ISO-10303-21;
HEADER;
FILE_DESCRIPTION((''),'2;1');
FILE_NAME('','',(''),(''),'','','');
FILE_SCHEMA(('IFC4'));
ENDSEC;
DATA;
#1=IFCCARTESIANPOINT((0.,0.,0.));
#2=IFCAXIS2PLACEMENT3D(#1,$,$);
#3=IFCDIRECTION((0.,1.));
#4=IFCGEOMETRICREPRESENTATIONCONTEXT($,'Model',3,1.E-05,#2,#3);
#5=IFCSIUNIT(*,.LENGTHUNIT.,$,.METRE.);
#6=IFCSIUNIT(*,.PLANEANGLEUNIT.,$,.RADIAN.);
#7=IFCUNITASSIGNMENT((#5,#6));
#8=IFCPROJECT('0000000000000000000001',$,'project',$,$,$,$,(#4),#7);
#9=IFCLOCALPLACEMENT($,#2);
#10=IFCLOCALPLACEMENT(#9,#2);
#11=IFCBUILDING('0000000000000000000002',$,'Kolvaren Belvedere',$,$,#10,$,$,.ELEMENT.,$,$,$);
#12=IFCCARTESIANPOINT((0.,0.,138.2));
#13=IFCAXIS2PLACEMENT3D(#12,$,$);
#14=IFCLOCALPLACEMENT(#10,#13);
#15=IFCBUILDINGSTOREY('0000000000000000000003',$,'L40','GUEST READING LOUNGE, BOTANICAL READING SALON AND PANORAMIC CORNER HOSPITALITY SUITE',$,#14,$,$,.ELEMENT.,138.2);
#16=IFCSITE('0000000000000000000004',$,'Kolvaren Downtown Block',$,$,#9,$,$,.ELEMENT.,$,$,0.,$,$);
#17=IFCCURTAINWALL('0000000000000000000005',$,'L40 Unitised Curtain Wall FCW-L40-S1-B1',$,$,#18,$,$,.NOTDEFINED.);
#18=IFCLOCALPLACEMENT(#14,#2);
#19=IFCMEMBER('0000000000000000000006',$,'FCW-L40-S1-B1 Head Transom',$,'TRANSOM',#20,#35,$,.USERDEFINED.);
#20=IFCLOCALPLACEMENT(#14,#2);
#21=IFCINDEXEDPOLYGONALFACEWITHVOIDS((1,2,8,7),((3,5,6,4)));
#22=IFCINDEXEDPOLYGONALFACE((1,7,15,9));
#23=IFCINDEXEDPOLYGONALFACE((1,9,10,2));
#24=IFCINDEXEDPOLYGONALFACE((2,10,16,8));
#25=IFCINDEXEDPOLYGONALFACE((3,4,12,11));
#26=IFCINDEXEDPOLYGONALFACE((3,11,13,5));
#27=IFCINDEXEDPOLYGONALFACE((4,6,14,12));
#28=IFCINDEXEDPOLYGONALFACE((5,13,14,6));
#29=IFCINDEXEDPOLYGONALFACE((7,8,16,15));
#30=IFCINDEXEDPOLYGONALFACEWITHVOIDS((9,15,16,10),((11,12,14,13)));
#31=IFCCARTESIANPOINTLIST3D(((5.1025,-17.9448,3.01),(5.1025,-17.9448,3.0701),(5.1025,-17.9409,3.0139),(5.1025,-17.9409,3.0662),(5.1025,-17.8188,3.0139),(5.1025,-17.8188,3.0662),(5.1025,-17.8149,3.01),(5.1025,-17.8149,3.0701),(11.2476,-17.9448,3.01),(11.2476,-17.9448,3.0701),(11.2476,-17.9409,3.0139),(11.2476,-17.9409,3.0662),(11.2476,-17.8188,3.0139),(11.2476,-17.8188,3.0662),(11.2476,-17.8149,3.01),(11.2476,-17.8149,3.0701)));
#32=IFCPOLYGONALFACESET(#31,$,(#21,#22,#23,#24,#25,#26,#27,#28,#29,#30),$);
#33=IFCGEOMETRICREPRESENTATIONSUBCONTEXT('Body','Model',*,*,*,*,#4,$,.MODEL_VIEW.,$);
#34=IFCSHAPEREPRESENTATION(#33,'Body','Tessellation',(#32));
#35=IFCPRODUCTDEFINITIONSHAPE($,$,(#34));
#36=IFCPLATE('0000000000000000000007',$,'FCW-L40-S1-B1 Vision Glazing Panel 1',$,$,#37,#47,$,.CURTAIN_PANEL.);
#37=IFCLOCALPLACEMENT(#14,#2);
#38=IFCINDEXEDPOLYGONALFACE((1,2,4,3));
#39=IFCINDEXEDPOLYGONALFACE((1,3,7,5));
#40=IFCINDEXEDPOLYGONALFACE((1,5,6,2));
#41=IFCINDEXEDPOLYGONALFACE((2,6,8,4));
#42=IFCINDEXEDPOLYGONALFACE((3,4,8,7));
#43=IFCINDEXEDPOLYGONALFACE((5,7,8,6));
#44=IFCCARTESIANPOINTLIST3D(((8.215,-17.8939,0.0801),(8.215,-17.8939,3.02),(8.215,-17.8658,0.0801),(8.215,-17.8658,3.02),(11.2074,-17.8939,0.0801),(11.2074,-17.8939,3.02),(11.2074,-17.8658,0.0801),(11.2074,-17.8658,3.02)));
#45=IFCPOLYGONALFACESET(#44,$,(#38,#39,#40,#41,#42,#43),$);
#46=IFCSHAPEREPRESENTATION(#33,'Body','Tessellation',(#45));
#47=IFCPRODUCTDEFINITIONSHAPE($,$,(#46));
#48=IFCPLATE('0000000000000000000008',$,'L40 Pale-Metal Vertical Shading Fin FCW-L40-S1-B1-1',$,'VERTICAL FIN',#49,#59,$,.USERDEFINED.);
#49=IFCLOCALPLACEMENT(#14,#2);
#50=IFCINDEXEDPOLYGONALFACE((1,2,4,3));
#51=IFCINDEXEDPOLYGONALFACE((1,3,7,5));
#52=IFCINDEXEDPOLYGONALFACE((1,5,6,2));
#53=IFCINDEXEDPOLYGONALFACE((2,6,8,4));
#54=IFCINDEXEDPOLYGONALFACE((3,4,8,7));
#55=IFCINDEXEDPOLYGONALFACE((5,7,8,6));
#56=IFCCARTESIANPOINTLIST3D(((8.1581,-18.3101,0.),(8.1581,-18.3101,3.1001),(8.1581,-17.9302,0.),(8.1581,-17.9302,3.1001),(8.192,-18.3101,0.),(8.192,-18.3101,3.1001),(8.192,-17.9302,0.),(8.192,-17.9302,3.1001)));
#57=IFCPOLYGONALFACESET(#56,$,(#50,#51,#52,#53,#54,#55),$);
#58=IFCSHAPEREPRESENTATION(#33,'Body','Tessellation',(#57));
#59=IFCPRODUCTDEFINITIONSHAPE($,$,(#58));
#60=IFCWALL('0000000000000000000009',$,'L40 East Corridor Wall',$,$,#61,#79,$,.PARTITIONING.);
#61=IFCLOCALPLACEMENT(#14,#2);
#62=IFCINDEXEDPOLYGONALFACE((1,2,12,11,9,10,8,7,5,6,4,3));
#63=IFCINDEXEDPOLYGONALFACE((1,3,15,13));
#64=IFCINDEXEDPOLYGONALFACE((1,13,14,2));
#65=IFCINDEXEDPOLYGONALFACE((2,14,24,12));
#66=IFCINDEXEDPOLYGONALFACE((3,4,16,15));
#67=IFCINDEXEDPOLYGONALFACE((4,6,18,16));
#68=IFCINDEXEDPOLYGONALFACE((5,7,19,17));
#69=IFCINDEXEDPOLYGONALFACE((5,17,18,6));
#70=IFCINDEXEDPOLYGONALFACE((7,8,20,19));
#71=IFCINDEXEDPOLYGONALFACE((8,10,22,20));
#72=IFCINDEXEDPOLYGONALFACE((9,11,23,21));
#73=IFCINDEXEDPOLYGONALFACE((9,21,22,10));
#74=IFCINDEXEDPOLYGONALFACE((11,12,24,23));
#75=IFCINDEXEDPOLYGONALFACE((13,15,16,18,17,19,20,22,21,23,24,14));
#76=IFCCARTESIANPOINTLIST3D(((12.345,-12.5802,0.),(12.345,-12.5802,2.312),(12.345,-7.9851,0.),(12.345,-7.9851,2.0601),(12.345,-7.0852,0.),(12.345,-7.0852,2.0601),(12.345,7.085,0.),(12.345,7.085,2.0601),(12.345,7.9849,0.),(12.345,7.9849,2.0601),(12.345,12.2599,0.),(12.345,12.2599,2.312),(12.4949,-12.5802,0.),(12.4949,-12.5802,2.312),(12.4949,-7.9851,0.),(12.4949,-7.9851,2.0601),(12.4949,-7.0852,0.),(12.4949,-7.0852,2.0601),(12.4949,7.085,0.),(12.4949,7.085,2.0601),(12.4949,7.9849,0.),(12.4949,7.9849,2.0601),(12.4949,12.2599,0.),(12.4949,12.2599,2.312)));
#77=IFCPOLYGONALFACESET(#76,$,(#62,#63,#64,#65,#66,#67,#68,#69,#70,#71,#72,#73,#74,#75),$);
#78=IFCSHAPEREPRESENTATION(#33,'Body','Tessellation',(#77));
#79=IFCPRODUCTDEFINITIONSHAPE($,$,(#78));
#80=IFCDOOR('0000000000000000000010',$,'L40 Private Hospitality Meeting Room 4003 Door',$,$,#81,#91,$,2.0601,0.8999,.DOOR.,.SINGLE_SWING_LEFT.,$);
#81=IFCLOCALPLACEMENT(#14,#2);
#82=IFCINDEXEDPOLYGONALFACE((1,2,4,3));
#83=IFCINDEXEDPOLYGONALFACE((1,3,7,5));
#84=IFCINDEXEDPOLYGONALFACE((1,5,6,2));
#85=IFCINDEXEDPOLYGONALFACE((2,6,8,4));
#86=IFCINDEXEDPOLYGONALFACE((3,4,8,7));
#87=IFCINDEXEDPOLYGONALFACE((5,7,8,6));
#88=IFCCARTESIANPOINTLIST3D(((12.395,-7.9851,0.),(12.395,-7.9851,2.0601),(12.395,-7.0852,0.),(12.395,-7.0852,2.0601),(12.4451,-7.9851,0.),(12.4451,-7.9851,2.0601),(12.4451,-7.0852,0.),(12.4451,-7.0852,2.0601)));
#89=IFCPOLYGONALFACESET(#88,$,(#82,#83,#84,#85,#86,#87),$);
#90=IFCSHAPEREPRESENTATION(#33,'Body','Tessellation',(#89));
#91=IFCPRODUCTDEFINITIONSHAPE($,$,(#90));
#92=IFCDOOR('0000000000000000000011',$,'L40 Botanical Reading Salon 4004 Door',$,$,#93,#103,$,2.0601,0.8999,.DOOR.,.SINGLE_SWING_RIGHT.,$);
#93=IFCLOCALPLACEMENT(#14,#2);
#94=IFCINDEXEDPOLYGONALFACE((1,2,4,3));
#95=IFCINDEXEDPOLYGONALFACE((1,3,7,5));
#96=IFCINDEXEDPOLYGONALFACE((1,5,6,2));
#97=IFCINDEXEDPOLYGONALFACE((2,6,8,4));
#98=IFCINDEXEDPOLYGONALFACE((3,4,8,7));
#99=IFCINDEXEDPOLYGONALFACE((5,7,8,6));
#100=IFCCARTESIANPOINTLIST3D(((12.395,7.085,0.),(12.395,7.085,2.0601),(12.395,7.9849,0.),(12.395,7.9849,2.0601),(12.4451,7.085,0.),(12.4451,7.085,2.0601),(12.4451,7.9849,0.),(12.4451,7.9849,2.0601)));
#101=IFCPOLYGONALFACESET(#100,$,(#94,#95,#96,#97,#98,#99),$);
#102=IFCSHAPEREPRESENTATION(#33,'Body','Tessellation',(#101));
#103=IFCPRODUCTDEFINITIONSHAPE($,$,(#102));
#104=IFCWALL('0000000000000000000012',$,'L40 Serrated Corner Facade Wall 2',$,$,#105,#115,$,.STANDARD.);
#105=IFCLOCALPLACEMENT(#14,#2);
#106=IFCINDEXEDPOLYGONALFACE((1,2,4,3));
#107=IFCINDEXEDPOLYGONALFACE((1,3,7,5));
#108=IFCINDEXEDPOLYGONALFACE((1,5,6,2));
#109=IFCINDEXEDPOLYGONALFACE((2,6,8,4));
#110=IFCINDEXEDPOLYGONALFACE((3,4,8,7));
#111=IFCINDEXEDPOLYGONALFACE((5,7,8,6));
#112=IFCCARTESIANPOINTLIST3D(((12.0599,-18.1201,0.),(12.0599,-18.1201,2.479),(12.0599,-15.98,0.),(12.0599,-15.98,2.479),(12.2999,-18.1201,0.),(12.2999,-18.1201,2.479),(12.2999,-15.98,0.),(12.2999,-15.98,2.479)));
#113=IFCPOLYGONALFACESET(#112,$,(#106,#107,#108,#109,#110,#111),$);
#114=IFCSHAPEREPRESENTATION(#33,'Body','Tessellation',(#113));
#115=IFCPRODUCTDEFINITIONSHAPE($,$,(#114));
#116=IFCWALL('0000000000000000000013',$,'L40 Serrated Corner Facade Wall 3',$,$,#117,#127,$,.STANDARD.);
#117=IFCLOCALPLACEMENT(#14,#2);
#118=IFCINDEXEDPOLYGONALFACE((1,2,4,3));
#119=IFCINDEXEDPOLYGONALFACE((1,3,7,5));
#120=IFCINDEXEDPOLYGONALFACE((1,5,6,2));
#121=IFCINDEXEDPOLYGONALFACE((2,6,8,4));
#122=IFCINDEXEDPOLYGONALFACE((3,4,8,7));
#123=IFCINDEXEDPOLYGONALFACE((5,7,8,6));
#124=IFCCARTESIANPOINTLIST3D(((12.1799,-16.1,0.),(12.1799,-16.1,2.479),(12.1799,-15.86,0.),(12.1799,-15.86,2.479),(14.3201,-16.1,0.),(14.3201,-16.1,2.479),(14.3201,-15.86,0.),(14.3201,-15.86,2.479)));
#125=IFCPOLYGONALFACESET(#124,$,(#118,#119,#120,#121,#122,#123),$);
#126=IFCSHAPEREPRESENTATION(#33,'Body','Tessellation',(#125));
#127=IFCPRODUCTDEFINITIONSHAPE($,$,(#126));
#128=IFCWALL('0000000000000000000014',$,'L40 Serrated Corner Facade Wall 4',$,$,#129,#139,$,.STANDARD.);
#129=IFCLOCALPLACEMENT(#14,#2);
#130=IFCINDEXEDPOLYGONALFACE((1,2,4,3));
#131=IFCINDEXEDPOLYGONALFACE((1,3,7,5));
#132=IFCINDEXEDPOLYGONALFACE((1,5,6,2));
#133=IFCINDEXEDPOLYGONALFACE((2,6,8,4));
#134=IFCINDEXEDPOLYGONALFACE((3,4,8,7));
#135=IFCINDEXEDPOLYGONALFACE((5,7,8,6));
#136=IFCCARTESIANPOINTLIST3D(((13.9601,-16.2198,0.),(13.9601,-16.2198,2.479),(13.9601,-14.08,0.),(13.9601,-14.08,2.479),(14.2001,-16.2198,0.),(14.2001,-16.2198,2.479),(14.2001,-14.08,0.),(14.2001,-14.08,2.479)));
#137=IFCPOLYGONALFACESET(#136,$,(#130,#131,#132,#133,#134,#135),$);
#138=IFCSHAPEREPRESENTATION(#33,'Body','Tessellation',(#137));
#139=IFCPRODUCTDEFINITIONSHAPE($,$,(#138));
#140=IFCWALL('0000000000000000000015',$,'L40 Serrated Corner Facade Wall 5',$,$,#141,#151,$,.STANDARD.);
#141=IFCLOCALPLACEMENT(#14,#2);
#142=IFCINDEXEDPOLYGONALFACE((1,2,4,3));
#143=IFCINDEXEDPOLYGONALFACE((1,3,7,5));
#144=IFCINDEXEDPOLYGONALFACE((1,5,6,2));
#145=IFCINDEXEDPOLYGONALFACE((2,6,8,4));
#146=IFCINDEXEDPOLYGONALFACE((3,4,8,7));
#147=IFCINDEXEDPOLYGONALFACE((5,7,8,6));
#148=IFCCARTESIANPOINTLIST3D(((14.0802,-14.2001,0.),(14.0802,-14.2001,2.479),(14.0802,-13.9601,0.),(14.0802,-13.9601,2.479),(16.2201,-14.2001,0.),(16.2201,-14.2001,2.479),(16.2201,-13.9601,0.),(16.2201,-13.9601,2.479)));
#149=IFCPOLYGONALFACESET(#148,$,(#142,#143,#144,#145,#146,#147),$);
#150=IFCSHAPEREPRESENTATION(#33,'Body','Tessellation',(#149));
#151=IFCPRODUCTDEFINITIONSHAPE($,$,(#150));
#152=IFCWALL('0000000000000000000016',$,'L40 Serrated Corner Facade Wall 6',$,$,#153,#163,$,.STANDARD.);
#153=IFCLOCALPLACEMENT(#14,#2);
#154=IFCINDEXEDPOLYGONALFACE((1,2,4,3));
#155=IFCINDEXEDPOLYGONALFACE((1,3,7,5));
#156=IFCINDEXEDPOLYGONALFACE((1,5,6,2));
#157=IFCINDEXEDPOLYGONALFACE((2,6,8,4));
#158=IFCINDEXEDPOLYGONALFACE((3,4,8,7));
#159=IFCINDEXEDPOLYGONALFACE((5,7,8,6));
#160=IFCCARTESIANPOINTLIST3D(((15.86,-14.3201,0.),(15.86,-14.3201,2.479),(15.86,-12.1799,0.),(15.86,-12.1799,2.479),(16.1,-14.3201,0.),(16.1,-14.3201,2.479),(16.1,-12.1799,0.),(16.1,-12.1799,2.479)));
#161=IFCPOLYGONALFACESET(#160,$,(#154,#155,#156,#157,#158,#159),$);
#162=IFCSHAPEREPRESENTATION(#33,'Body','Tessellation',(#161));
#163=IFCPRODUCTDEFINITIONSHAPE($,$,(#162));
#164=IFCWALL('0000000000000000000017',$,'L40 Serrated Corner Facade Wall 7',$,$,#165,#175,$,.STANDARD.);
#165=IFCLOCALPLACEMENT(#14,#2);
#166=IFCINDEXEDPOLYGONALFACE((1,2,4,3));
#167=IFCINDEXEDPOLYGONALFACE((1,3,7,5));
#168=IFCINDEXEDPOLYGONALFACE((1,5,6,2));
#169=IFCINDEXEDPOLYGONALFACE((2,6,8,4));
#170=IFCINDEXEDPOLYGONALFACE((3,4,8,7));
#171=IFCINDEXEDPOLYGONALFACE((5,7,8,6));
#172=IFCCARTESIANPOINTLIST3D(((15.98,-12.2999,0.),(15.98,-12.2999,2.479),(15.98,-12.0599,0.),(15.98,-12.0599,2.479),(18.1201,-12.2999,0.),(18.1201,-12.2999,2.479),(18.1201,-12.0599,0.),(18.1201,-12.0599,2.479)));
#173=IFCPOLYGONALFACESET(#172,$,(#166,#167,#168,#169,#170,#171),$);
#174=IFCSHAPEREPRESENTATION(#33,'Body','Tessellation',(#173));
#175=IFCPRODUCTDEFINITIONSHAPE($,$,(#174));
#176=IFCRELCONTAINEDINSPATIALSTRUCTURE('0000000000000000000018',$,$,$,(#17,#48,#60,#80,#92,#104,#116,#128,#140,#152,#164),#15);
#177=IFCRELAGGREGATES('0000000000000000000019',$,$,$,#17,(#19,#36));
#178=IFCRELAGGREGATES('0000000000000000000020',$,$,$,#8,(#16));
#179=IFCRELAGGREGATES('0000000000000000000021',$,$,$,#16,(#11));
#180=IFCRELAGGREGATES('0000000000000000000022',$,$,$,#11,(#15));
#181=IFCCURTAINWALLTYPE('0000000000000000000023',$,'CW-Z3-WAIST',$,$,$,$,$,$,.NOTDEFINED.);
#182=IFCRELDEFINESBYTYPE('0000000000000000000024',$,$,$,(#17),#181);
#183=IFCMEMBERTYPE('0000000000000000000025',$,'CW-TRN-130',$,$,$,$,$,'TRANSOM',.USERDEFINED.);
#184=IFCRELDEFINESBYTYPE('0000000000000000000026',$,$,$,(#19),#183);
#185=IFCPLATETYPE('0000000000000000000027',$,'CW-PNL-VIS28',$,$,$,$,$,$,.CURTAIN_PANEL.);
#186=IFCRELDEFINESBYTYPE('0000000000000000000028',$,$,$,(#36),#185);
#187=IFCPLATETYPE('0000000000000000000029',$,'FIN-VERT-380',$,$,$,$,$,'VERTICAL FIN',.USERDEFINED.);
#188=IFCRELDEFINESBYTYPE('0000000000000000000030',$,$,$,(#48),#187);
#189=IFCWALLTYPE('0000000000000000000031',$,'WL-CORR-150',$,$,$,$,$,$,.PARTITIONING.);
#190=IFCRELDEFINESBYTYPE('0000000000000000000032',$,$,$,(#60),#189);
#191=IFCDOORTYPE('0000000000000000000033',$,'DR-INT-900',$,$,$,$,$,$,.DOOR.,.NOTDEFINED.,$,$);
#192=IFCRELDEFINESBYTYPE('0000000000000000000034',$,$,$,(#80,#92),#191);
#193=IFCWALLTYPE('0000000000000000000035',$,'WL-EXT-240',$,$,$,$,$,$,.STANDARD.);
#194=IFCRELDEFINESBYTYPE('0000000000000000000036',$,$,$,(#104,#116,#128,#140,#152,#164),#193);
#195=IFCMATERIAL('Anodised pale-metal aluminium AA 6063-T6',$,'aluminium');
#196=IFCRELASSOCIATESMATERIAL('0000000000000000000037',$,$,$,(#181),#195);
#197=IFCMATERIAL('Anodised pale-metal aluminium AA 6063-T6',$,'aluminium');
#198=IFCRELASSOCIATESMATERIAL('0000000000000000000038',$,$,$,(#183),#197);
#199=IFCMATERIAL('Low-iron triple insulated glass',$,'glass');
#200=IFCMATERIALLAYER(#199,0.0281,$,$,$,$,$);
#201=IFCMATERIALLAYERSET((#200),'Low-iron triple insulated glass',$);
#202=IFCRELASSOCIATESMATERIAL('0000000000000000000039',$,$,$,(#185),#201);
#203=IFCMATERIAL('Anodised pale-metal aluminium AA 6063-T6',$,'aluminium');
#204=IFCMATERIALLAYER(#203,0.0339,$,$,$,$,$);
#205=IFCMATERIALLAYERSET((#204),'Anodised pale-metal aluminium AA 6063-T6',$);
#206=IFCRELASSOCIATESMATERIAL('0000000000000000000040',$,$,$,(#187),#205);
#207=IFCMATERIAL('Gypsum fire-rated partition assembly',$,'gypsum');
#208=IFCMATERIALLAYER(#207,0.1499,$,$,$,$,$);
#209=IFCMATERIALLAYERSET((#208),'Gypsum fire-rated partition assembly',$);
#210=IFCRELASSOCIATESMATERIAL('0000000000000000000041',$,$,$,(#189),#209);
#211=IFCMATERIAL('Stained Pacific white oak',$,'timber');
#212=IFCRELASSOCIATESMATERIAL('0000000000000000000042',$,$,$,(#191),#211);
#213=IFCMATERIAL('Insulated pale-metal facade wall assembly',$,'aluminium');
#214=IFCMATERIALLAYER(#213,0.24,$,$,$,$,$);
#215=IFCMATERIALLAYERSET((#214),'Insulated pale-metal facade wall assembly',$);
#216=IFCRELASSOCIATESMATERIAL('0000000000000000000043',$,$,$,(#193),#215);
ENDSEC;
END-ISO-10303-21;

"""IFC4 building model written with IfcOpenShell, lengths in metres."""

from ifc_helpers import new_model, si_unit, direction, frame, frame_2d, origin, origin_2d, place, context, subcontext, project, spatial, rectangle, hollow_rectangle, extrude, material, layer, layer_set, material_profile, profile_set, type_object, element, fill, aggregate, save


model = new_model("IFC4")

# Units and contexts
model_context = context("Model", 3, precision=1e-05, world=origin(), true_north=direction((0.0, 1.0)))
body_context = subcontext(model_context, "Body", "Model", "MODEL_VIEW")
ifc_project = project(units=[si_unit("LENGTHUNIT", "METRE"), si_unit("PLANEANGLEUNIT", "RADIAN")], contexts=[model_context])

# Site, building, storey
site_placement = place(None, origin())
site = spatial("IfcSite", under=ifc_project, at=site_placement, Name="Kolvaren Downtown Block", CompositionType="ELEMENT", RefElevation=0.0)
building_placement = place(site_placement, origin())
building = spatial("IfcBuilding", under=site, at=building_placement, Name="Kolvaren Belvedere", CompositionType="ELEMENT")
storey_placement = place(building_placement, frame((0.0, 0.0, 138.2)))
storey = spatial("IfcBuildingStorey", under=building, at=storey_placement, Name="L40", Description="GUEST READING LOUNGE, BOTANICAL READING SALON AND PANORAMIC CORNER HOSPITALITY SUITE", CompositionType="ELEMENT", Elevation=138.2)

# Curtain wall
ifc_material_1 = material(Name="Anodised pale-metal aluminium AA 6063-T6", Category="aluminium")
curtain_wall_type = type_object("IfcCurtainWallType", Name="CW-Z3-WAIST", PredefinedType="NOTDEFINED", material=ifc_material_1)
curtain_wall_1_placement = place(storey_placement, origin())
curtain_wall_1 = element("IfcCurtainWall", 1, at=curtain_wall_1_placement, inside=storey, type_object=curtain_wall_type, Name="L40 Unitised Curtain Wall FCW-L40-S1-B1", PredefinedType="NOTDEFINED")

# Member
ifc_material_2 = material(Name="Anodised pale-metal aluminium AA 6063-T6", Category="aluminium")
ifc_material_profile_1 = material_profile(ifc_material_2, hollow_rectangle(XDim=0.0601, YDim=0.1299, WallThickness=0.0039, at=origin_2d()), Name="ALU-TRN-130X60")
ifc_profile_set_1 = profile_set([ifc_material_profile_1], Name="Anodised pale-metal aluminium AA 6063-T6")
member_type_1 = type_object("IfcMemberType", Name="CW-TRN-130", ElementType="TRANSOM", PredefinedType="USERDEFINED", material=ifc_profile_set_1)
member_1_placement = place(storey_placement, frame((11.2476, -17.8799, 3.04), z_axis=(-1.0, 0.0, 0.0), x_axis=(0.0, 0.0, 1.0)))
member_1 = element("IfcMember", 2, at=member_1_placement, type_object=member_type_1, Name="FCW-L40-S1-B1 Head Transom", ObjectType="TRANSOM", PredefinedType="USERDEFINED", context=body_context, shape_type="SweptSolid", body=[
    extrude(hollow_rectangle(XDim=0.0601, YDim=0.1299, WallThickness=0.0039, at=origin_2d()), origin(), (0.0, 0.0, 1.0), 6.145),
])

# Plates
ifc_material_3 = material(Name="Low-iron triple insulated glass", Category="glass")
ifc_layer_1 = layer(ifc_material_3, 0.0281)
ifc_layer_set_1 = layer_set([ifc_layer_1], Name="Low-iron triple insulated glass")
plate_type_1 = type_object("IfcPlateType", Name="CW-PNL-VIS28", PredefinedType="CURTAIN_PANEL", material=ifc_layer_set_1)
plate_1_placement = place(storey_placement, frame((9.7112, -17.8799, 0.0801), z_axis=(0.0, 0.0, 1.0), x_axis=(-1.0, 0.0, 0.0)))
plate_1 = element("IfcPlate", 3, at=plate_1_placement, type_object=plate_type_1, Name="FCW-L40-S1-B1 Vision Glazing Panel 1", PredefinedType="CURTAIN_PANEL", context=body_context, shape_type="SweptSolid", body=[
    extrude(rectangle(XDim=2.9924, YDim=0.0281, at=origin_2d()), origin(), (0.0, 0.0, 1.0), 2.9399),
])
aggregate(curtain_wall_1, [member_1, plate_1])
ifc_material_4 = material(Name="Anodised pale-metal aluminium AA 6063-T6", Category="aluminium")
ifc_layer_2 = layer(ifc_material_4, 0.0339)
ifc_layer_set_2 = layer_set([ifc_layer_2], Name="Anodised pale-metal aluminium AA 6063-T6")
plate_type_2 = type_object("IfcPlateType", Name="FIN-VERT-380", ElementType="VERTICAL FIN", PredefinedType="USERDEFINED", material=ifc_layer_set_2)
plate_2_placement = place(storey_placement, frame((8.175, -18.1201, 0.0), z_axis=(0.0, 0.0, 1.0), x_axis=(0.0, 1.0, 0.0)))
element("IfcPlate", 4, at=plate_2_placement, inside=storey, type_object=plate_type_2, Name="L40 Pale-Metal Vertical Shading Fin FCW-L40-S1-B1-1", ObjectType="VERTICAL FIN", PredefinedType="USERDEFINED", context=body_context, shape_type="SweptSolid", body=[
    extrude(rectangle(XDim=0.3799, YDim=0.0339, at=origin_2d()), origin(), (0.0, 0.0, 1.0), 3.1001),
])

# Wall, openings, doors
ifc_material_5 = material(Name="Gypsum fire-rated partition assembly", Category="gypsum")
ifc_layer_3 = layer(ifc_material_5, 0.1499)
ifc_layer_set_3 = layer_set([ifc_layer_3], Name="Gypsum fire-rated partition assembly")
wall_type_1 = type_object("IfcWallType", Name="WL-CORR-150", PredefinedType="PARTITIONING", material=ifc_layer_set_3)
wall_1_placement = place(storey_placement, frame((12.4199, -12.5801, 0.0), z_axis=(0.0, 0.0, 1.0), x_axis=(0.0, 1.0, 0.0)))
wall_1 = element("IfcWall", 5, at=wall_1_placement, inside=storey, type_object=wall_type_1, Name="L40 East Corridor Wall", PredefinedType="PARTITIONING", context=body_context, shape_type="SweptSolid", body=[
    extrude(rectangle(XDim=24.8401, YDim=0.1499, at=frame_2d((12.4199, 0.0))), origin(), (0.0, 0.0, 1.0), 2.312),
])
opening_1_placement = place(wall_1_placement, frame((4.595, 0.0, 0.0)))
opening_1 = element("IfcOpeningElement", 6, at=opening_1_placement, cuts=wall_1, PredefinedType="OPENING", context=body_context, shape_type="SweptSolid", body=[
    extrude(rectangle(XDim=0.8999, YDim=2.0601, at=frame_2d((0.45, 1.03))), frame((0.0, 0.085, 0.0), z_axis=(0.0, -1.0, 0.0), x_axis=(1.0, 0.0, 0.0)), (0.0, 0.0, 1.0), 0.1699),
])
opening_2_placement = place(wall_1_placement, frame((19.665, 0.0, 0.0)))
opening_2 = element("IfcOpeningElement", 7, at=opening_2_placement, cuts=wall_1, PredefinedType="OPENING", context=body_context, shape_type="SweptSolid", body=[
    extrude(rectangle(XDim=0.8999, YDim=2.0601, at=frame_2d((0.45, 1.03))), frame((0.0, 0.085, 0.0), z_axis=(0.0, -1.0, 0.0), x_axis=(1.0, 0.0, 0.0)), (0.0, 0.0, 1.0), 0.1699),
])
ifc_material_6 = material(Name="Stained Pacific white oak", Category="timber")
door_type = type_object("IfcDoorType", Name="DR-INT-900", OperationType="NOTDEFINED", PredefinedType="DOOR", material=ifc_material_6)
door_1_placement = place(opening_1_placement, origin())
door_1 = element("IfcDoor", 8, at=door_1_placement, inside=storey, type_object=door_type, Name="L40 Private Hospitality Meeting Room 4003 Door", OperationType="SINGLE_SWING_LEFT", OverallHeight=2.0601, OverallWidth=0.8999, PredefinedType="DOOR", context=body_context, shape_type="SweptSolid", body=[
    extrude(rectangle(XDim=0.8999, YDim=2.0601, at=frame_2d((0.45, 1.03))), frame((0.0, 0.0249, 0.0), z_axis=(0.0, -1.0, 0.0), x_axis=(1.0, 0.0, 0.0)), (0.0, 0.0, 1.0), 0.05),
])
fill(opening_1, door_1)
door_2_placement = place(opening_2_placement, origin())
door_2 = element("IfcDoor", 9, at=door_2_placement, inside=storey, type_object=door_type, Name="L40 Botanical Reading Salon 4004 Door", OperationType="SINGLE_SWING_RIGHT", OverallHeight=2.0601, OverallWidth=0.8999, PredefinedType="DOOR", context=body_context, shape_type="SweptSolid", body=[
    extrude(rectangle(XDim=0.8999, YDim=2.0601, at=frame_2d((0.45, 1.03))), frame((0.0, 0.0249, 0.0), z_axis=(0.0, -1.0, 0.0), x_axis=(1.0, 0.0, 0.0)), (0.0, 0.0, 1.0), 0.05),
])
fill(opening_2, door_2)

# Walls
ifc_material_7 = material(Name="Insulated pale-metal facade wall assembly", Category="aluminium")
ifc_layer_4 = layer(ifc_material_7, 0.24)
ifc_layer_set_4 = layer_set([ifc_layer_4], Name="Insulated pale-metal facade wall assembly")
wall_type_2 = type_object("IfcWallType", Name="WL-EXT-240", PredefinedType="STANDARD", material=ifc_layer_set_4)
for number, where, z_axis, x_axis, name in (
    (10, (12.1799, -15.98, 0.0), (0.0, 0.0, 1.0), (0.0, -1.0, 0.0), "L40 Serrated Corner Facade Wall 2"),
    (11, (14.3201, -15.98, 0.0), (0.0, 0.0, 1.0), (-1.0, 0.0, 0.0), "L40 Serrated Corner Facade Wall 3"),
):
    element("IfcWall", number, at=place(storey_placement, frame(where, z_axis=z_axis, x_axis=x_axis)), inside=storey, type_object=wall_type_2, Name=name, PredefinedType="STANDARD", context=body_context, shape_type="SweptSolid", body=[
        extrude(rectangle(XDim=2.1401, YDim=0.24, at=frame_2d((1.0701, 0.0))), origin(), (0.0, 0.0, 1.0), 2.479),
    ])
for number, where, z_axis, x_axis, name in (
    (12, (14.0801, -14.0801, 0.0), (0.0, 0.0, 1.0), (0.0, -1.0, 0.0), "L40 Serrated Corner Facade Wall 4"),
    (13, (16.22, -14.0801, 0.0), (0.0, 0.0, 1.0), (-1.0, 0.0, 0.0), "L40 Serrated Corner Facade Wall 5"),
):
    element("IfcWall", number, at=place(storey_placement, frame(where, z_axis=z_axis, x_axis=x_axis)), inside=storey, type_object=wall_type_2, Name=name, PredefinedType="STANDARD", context=body_context, shape_type="SweptSolid", body=[
        extrude(rectangle(XDim=2.1399, YDim=0.24, at=frame_2d((1.0698, 0.0))), origin(), (0.0, 0.0, 1.0), 2.479),
    ])
for number, where, z_axis, x_axis, name in (
    (14, (15.98, -12.1799, 0.0), (0.0, 0.0, 1.0), (0.0, -1.0, 0.0), "L40 Serrated Corner Facade Wall 6"),
    (15, (18.1201, -12.1799, 0.0), (0.0, 0.0, 1.0), (-1.0, 0.0, 0.0), "L40 Serrated Corner Facade Wall 7"),
):
    element("IfcWall", number, at=place(storey_placement, frame(where, z_axis=z_axis, x_axis=x_axis)), inside=storey, type_object=wall_type_2, Name=name, PredefinedType="STANDARD", context=body_context, shape_type="SweptSolid", body=[
        extrude(rectangle(XDim=2.1401, YDim=0.24, at=frame_2d((1.0701, 0.0))), origin(), (0.0, 0.0, 1.0), 2.479),
    ])

save(model, "model.ifc")
